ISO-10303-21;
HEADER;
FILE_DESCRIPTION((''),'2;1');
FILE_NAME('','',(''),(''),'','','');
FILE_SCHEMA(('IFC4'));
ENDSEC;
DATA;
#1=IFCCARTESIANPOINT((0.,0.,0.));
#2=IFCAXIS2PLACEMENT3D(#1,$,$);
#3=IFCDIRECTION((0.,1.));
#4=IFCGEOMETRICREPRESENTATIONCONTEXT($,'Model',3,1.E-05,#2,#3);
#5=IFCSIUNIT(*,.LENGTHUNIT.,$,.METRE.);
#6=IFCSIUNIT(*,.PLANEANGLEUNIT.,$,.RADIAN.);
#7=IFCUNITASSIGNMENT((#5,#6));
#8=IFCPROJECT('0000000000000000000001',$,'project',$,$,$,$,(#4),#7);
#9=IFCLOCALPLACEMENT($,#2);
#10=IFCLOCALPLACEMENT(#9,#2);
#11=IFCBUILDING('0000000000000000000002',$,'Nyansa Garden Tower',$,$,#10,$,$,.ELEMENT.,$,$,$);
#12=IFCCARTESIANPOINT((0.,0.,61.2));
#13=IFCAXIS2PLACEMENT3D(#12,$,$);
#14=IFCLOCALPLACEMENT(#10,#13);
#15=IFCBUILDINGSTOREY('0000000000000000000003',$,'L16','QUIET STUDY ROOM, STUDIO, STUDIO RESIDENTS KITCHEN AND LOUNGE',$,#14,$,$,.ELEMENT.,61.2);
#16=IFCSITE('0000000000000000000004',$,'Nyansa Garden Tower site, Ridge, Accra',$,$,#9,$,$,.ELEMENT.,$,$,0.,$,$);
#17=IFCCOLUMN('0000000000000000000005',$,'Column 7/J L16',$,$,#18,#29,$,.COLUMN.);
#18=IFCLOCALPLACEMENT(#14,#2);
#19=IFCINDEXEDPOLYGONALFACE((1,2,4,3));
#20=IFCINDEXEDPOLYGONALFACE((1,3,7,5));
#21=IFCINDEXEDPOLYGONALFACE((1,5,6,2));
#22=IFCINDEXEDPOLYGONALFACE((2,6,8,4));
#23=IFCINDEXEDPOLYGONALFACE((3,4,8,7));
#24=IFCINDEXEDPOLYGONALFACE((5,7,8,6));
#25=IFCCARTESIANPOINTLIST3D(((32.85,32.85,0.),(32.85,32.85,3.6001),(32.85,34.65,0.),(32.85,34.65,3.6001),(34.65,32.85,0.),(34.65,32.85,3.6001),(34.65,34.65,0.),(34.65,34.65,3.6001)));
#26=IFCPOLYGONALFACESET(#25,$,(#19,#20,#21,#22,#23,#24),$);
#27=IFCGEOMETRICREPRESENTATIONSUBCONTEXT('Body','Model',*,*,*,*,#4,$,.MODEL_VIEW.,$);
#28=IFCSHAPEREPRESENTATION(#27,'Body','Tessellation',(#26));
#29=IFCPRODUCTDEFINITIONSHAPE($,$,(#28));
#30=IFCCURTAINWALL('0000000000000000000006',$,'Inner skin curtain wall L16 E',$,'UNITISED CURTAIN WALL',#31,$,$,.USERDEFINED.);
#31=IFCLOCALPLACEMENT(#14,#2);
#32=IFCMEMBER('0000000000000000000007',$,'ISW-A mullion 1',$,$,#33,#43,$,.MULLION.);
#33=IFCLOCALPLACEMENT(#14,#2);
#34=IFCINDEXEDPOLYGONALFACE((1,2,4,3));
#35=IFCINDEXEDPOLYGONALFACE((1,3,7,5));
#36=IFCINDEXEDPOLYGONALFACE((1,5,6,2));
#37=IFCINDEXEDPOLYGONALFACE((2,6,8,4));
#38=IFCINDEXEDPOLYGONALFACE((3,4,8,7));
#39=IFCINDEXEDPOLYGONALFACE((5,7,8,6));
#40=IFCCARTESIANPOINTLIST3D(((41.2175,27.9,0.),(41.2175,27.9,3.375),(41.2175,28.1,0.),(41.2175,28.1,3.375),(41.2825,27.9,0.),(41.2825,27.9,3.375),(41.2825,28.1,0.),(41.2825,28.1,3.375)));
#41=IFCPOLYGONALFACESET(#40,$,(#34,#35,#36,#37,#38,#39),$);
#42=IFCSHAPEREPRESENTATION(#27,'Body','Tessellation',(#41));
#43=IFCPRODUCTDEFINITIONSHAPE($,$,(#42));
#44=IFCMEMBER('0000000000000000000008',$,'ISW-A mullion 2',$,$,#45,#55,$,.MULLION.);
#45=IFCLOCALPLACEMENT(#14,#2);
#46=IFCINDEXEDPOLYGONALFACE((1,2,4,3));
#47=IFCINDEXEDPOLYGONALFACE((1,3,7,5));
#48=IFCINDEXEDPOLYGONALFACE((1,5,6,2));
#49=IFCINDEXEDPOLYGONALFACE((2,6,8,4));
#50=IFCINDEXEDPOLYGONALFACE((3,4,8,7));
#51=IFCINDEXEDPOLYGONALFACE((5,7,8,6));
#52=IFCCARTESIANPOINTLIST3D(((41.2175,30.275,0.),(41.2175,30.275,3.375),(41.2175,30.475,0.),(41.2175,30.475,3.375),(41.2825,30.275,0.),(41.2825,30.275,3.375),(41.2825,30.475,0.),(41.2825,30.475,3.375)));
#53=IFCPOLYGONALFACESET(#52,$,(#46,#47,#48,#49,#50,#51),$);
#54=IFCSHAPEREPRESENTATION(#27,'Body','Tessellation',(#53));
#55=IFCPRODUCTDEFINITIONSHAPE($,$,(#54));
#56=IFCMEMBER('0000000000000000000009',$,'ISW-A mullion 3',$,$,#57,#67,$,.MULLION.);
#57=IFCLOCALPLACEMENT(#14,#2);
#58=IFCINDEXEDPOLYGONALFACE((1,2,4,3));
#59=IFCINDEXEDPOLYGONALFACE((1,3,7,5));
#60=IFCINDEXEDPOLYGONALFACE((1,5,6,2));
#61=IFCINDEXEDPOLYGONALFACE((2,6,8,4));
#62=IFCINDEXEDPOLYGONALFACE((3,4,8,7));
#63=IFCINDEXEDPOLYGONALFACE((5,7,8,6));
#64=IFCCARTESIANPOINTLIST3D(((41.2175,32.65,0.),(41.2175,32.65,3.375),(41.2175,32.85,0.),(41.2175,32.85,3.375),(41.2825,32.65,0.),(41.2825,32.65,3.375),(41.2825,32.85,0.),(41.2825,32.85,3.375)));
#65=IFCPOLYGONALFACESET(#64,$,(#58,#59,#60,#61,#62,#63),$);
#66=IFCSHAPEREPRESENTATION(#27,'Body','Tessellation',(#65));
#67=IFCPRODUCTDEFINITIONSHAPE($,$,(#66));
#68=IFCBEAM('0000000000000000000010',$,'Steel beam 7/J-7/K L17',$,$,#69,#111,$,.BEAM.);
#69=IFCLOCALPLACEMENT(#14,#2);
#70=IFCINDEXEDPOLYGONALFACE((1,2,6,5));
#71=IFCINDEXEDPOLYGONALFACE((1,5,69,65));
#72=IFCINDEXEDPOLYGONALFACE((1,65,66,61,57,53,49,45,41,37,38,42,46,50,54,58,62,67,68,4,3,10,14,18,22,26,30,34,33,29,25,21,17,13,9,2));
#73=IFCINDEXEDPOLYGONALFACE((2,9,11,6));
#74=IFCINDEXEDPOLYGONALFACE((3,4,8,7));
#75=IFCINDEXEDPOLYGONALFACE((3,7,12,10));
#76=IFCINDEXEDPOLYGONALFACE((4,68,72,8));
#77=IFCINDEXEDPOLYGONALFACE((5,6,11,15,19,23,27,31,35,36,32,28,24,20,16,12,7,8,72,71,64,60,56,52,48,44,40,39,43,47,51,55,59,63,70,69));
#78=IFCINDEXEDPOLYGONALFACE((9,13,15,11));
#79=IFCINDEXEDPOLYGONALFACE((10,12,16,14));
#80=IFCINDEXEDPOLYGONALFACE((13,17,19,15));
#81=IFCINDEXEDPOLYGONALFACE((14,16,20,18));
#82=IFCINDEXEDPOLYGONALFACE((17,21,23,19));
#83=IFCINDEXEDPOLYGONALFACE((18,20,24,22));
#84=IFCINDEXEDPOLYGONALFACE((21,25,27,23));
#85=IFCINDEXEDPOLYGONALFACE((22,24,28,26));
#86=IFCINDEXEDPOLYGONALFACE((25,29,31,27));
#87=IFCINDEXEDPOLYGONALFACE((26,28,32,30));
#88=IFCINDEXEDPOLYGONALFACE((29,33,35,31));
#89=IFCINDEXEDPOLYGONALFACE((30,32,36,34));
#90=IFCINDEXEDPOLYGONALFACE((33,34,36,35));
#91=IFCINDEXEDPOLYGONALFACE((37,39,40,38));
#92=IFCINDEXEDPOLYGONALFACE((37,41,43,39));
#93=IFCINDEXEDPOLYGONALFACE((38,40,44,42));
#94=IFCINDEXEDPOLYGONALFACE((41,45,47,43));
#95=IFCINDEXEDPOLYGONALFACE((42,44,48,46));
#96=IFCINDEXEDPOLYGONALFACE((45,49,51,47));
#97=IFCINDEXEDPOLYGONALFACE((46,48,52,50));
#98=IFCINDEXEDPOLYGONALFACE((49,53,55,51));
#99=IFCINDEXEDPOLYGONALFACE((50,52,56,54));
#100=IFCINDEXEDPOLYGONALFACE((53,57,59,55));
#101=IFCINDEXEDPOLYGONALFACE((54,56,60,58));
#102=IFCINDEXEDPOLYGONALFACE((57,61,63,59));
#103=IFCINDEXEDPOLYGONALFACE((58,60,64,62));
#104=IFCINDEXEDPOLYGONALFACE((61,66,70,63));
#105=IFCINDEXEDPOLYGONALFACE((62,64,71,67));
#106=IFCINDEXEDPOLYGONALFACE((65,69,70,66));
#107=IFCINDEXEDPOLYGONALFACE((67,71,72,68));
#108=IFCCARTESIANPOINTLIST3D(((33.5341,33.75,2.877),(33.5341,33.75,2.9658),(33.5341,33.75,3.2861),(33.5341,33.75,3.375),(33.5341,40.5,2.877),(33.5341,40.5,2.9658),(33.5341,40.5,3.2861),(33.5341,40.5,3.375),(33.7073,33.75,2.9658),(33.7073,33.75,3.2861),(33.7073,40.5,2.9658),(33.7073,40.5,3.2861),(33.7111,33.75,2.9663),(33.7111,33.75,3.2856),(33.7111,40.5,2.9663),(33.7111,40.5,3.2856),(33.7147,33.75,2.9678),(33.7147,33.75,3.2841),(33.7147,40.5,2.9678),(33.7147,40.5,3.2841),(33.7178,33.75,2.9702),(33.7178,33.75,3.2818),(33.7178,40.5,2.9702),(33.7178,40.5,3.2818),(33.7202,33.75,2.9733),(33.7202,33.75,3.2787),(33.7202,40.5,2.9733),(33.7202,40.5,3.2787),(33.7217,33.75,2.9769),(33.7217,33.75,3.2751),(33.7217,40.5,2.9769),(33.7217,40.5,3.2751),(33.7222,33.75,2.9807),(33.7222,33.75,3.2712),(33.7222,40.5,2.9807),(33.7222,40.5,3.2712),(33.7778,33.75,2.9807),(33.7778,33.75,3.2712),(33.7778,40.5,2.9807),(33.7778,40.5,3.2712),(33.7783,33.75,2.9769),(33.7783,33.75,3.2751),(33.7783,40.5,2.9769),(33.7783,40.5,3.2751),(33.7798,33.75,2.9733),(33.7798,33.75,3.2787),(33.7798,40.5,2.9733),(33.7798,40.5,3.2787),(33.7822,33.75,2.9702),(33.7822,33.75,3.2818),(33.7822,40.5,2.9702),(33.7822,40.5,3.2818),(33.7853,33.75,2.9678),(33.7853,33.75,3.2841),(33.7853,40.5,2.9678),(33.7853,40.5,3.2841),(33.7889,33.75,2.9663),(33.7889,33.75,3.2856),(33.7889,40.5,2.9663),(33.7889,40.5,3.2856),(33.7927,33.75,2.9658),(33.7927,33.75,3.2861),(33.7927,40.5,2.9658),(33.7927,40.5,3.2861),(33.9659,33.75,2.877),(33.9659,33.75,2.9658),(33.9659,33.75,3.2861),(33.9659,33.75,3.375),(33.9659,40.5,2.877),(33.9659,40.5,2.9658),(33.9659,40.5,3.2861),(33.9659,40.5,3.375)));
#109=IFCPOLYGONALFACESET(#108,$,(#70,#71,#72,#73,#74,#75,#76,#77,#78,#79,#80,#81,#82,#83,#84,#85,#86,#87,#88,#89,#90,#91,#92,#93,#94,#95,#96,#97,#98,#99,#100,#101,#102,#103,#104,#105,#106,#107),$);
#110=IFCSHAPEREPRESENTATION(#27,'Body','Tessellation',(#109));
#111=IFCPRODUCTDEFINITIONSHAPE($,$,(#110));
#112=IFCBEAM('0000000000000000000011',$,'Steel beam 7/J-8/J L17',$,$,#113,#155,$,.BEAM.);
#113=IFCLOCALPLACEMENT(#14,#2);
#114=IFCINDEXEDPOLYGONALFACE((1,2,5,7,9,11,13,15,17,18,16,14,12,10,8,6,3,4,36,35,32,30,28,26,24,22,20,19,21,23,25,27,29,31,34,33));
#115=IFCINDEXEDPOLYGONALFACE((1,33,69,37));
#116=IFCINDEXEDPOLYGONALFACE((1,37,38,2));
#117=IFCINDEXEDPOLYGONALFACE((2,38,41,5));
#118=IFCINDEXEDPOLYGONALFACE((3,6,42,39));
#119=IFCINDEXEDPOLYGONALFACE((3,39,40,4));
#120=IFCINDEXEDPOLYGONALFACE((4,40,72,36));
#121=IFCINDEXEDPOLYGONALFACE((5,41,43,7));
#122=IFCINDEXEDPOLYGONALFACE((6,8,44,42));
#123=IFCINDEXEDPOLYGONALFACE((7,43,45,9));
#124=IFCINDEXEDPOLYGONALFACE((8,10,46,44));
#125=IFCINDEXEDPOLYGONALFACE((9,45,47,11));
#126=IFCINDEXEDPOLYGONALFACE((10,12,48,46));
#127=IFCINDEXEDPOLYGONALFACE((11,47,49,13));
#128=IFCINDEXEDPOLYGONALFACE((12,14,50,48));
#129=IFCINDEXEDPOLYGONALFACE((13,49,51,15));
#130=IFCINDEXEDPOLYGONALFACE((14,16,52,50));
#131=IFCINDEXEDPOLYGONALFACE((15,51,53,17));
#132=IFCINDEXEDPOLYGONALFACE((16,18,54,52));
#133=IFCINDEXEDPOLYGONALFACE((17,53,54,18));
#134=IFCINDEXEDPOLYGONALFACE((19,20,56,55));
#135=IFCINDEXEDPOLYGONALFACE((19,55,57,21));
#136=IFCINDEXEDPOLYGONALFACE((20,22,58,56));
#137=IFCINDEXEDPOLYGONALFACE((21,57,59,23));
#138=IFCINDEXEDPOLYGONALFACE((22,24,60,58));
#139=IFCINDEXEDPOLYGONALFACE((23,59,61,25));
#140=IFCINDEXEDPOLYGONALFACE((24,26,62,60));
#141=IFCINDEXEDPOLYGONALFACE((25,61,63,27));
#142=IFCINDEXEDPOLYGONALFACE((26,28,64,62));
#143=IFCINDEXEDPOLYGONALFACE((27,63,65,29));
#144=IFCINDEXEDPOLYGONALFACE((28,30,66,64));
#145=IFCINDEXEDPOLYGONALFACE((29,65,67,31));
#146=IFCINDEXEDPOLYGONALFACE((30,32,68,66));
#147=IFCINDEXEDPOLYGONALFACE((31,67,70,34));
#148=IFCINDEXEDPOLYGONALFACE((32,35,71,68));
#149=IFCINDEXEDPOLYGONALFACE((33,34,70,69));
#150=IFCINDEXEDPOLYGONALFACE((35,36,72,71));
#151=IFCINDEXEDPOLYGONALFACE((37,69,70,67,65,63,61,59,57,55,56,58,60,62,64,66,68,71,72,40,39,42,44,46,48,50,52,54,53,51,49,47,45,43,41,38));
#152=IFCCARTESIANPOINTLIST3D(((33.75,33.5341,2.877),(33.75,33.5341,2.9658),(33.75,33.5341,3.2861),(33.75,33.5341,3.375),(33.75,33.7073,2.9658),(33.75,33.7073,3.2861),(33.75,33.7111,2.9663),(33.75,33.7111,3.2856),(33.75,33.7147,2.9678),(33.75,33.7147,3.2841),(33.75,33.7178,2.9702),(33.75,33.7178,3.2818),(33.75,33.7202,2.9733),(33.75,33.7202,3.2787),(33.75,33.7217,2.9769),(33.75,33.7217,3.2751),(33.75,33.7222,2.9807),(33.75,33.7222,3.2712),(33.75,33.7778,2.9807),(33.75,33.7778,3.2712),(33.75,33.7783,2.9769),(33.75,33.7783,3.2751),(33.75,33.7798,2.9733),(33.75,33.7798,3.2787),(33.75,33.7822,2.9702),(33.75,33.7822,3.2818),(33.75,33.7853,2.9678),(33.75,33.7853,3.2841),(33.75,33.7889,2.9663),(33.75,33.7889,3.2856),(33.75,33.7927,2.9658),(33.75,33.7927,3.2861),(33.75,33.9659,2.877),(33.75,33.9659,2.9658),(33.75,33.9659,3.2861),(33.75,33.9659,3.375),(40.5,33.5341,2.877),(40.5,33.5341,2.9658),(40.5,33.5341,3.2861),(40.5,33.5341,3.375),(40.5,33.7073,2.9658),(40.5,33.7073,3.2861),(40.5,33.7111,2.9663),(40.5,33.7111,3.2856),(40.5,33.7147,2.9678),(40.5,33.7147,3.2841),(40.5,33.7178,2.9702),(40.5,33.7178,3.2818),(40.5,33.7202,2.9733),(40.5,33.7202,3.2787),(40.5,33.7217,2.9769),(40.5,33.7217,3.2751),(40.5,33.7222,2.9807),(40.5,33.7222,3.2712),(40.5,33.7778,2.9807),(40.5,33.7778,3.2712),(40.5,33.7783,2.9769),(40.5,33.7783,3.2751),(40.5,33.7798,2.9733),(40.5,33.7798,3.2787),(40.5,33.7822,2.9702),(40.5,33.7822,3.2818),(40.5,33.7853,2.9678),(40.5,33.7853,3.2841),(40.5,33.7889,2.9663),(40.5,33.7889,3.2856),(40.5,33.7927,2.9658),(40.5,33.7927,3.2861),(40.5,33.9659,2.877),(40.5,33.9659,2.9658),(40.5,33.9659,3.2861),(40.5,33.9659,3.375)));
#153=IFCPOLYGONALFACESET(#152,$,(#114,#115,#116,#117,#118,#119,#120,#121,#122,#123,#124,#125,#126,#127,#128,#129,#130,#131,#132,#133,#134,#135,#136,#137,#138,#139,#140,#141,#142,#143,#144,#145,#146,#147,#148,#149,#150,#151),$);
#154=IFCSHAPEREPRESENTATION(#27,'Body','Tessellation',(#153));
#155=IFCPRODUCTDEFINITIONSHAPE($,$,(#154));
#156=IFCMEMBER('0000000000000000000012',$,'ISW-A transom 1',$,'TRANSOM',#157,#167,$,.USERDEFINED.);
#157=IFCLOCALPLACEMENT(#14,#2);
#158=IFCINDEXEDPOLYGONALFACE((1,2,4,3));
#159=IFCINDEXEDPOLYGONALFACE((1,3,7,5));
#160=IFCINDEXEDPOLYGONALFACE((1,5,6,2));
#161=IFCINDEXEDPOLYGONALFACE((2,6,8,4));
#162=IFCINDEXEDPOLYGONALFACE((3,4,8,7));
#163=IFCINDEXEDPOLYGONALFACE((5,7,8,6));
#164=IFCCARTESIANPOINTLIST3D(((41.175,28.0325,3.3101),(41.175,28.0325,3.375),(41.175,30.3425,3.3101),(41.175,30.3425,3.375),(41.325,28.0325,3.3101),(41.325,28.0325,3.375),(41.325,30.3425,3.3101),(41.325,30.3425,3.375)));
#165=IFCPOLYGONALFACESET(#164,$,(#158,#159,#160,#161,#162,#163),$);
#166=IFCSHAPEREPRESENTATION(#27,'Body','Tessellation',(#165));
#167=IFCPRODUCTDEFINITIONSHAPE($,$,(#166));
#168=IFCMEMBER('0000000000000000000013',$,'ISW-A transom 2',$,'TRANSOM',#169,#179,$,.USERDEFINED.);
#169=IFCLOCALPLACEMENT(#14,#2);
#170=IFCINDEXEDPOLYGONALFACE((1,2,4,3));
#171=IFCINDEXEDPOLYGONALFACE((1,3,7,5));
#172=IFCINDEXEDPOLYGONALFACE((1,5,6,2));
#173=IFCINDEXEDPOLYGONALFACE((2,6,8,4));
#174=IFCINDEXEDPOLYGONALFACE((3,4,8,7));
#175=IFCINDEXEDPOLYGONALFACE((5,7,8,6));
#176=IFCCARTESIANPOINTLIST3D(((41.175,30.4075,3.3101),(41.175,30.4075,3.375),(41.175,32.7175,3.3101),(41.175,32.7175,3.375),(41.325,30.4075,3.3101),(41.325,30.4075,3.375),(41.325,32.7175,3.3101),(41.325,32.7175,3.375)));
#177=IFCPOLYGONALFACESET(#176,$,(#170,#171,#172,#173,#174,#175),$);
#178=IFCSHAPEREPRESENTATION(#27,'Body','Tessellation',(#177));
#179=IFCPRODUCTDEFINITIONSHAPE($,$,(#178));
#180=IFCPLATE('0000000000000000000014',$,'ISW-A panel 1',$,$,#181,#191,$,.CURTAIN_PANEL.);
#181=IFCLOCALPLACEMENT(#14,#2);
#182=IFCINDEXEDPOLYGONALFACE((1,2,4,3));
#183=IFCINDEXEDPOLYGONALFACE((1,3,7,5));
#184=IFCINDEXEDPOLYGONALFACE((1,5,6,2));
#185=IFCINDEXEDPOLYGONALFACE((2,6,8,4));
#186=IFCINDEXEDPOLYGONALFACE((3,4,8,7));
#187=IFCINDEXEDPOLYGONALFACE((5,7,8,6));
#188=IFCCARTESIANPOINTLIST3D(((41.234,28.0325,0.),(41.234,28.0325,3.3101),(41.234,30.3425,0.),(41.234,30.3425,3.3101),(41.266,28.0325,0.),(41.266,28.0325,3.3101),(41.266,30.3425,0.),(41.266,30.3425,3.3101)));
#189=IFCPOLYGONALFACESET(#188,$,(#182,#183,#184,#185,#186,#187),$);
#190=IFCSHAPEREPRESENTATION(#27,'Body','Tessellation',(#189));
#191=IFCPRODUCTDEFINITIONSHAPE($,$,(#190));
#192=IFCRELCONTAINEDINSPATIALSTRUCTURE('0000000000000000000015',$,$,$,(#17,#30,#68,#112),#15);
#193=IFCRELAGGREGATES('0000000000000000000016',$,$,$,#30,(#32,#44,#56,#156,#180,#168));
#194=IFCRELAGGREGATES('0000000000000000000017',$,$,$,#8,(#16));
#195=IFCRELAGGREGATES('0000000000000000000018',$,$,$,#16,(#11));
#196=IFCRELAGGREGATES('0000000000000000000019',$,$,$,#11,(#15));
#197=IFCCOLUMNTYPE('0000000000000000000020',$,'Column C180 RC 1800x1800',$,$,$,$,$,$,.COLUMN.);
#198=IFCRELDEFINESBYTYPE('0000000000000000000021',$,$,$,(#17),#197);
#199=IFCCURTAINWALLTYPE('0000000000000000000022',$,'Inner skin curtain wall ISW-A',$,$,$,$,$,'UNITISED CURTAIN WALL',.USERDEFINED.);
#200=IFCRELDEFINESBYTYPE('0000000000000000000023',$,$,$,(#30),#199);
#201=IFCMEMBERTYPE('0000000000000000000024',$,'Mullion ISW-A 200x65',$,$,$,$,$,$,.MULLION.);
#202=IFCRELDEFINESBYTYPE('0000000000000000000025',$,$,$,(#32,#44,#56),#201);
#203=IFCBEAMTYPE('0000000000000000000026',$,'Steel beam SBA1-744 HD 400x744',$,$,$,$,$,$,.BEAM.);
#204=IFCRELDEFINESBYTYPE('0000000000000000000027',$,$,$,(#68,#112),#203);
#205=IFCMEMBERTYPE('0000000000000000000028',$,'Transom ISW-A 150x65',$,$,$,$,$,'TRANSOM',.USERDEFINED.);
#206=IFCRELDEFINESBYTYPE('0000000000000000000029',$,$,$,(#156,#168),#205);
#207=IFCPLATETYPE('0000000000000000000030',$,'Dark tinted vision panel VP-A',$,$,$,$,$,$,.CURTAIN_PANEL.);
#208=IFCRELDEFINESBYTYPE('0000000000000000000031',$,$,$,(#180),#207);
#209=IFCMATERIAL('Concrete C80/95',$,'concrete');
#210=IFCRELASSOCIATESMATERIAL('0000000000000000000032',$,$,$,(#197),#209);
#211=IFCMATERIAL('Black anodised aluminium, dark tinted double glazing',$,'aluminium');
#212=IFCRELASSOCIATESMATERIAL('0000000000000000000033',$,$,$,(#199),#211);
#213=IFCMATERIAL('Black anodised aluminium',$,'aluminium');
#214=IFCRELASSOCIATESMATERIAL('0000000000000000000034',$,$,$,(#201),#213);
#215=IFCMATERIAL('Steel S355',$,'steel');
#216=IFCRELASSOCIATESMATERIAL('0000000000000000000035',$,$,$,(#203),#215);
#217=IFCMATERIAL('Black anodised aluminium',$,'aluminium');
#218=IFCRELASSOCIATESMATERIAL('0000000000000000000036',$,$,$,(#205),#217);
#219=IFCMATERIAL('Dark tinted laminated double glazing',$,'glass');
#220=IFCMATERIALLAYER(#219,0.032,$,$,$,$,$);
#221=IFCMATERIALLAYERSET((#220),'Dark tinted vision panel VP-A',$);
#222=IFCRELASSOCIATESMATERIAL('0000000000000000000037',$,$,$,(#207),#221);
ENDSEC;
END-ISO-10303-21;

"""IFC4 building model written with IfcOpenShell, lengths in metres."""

from ifc_helpers import new_model, si_unit, direction, frame, origin, origin_2d, place, context, subcontext, project, spatial, rectangle, i_section, extrude, material, layer, layer_set, material_profile, profile_set, type_object, element, aggregate, save


model = new_model("IFC4")

# Units and contexts
model_context = context("Model", 3, precision=1e-05, world=origin(), true_north=direction((0.0, 1.0)))
body_context = subcontext(model_context, "Body", "Model", "MODEL_VIEW")
ifc_project = project(units=[si_unit("LENGTHUNIT", "METRE"), si_unit("PLANEANGLEUNIT", "RADIAN")], contexts=[model_context])

# Site, building, storey
site_placement = place(None, origin())
site = spatial("IfcSite", under=ifc_project, at=site_placement, Name="Nyansa Garden Tower site, Ridge, Accra", CompositionType="ELEMENT", RefElevation=0.0)
building_placement = place(site_placement, origin())
building = spatial("IfcBuilding", under=site, at=building_placement, Name="Nyansa Garden Tower", CompositionType="ELEMENT")
storey_placement = place(building_placement, frame((0.0, 0.0, 61.2)))
storey = spatial("IfcBuildingStorey", under=building, at=storey_placement, Name="L16", Description="QUIET STUDY ROOM, STUDIO, STUDIO RESIDENTS KITCHEN AND LOUNGE", CompositionType="ELEMENT", Elevation=61.2)

# Column
ifc_material_1 = material(Name="Concrete C80/95", Category="concrete")
ifc_material_profile_1 = material_profile(ifc_material_1, rectangle(XDim=1.8, YDim=1.8, at=origin_2d()), Name="RC 1800x1800")
ifc_profile_set_1 = profile_set([ifc_material_profile_1], Name="Concrete C80/95")
column_type = type_object("IfcColumnType", Name="Column C180 RC 1800x1800", PredefinedType="COLUMN", material=ifc_profile_set_1)
column_placement = place(storey_placement, frame((33.75, 33.75, 0.0), z_axis=(0.0, 0.0, 1.0), x_axis=(1.0, 0.0, 0.0)))
element("IfcColumn", 1, at=column_placement, inside=storey, type_object=column_type, Name="Column 7/J L16", PredefinedType="COLUMN", context=body_context, shape_type="SweptSolid", body=[
    extrude(rectangle(XDim=1.8, YDim=1.8, at=origin_2d()), origin(), (0.0, 0.0, 1.0), 3.6001),
])

# Curtain wall, members
ifc_material_2 = material(Name="Black anodised aluminium, dark tinted double glazing", Category="aluminium")
curtain_wall_type = type_object("IfcCurtainWallType", Name="Inner skin curtain wall ISW-A", ElementType="UNITISED CURTAIN WALL", PredefinedType="USERDEFINED", material=ifc_material_2)
curtain_wall_placement = place(storey_placement, origin())
curtain_wall = element("IfcCurtainWall", 2, at=curtain_wall_placement, inside=storey, type_object=curtain_wall_type, Name="Inner skin curtain wall L16 E", ObjectType="UNITISED CURTAIN WALL", PredefinedType="USERDEFINED")
ifc_material_3 = material(Name="Black anodised aluminium", Category="aluminium")
ifc_material_profile_2 = material_profile(ifc_material_3, rectangle(XDim=0.0649, YDim=0.2, at=origin_2d()), Name="Mullion 200x65")
ifc_profile_set_2 = profile_set([ifc_material_profile_2], Name="Black anodised aluminium")
member_type_1 = type_object("IfcMemberType", Name="Mullion ISW-A 200x65", PredefinedType="MULLION", material=ifc_profile_set_2)
member_1_placement = place(storey_placement, frame((41.25, 28.0, 0.0), z_axis=(0.0, 0.0, 1.0), x_axis=(-1.0, 0.0, 0.0)))
member_1 = element("IfcMember", 3, at=member_1_placement, type_object=member_type_1, Name="ISW-A mullion 1", PredefinedType="MULLION", context=body_context, shape_type="SweptSolid", body=[
    extrude(rectangle(XDim=0.0649, YDim=0.2, at=origin_2d()), origin(), (0.0, 0.0, 1.0), 3.375),
])
member_2_placement = place(storey_placement, frame((41.25, 30.375, 0.0), z_axis=(0.0, 0.0, 1.0), x_axis=(-1.0, 0.0, 0.0)))
member_2 = element("IfcMember", 4, at=member_2_placement, type_object=member_type_1, Name="ISW-A mullion 2", PredefinedType="MULLION", context=body_context, shape_type="SweptSolid", body=[
    extrude(rectangle(XDim=0.0649, YDim=0.2, at=origin_2d()), origin(), (0.0, 0.0, 1.0), 3.375),
])
member_3_placement = place(storey_placement, frame((41.25, 32.75, 0.0), z_axis=(0.0, 0.0, 1.0), x_axis=(-1.0, 0.0, 0.0)))
member_3 = element("IfcMember", 5, at=member_3_placement, type_object=member_type_1, Name="ISW-A mullion 3", PredefinedType="MULLION", context=body_context, shape_type="SweptSolid", body=[
    extrude(rectangle(XDim=0.0649, YDim=0.2, at=origin_2d()), origin(), (0.0, 0.0, 1.0), 3.375),
])

# Beams
ifc_material_4 = material(Name="Steel S355", Category="steel")
ifc_material_profile_3 = material_profile(ifc_material_4, i_section(OverallWidth=0.4319, OverallDepth=0.498, WebThickness=0.0557, FlangeThickness=0.0889, FilletRadius=0.0149, at=origin_2d()), Name="HD 400x744")
ifc_profile_set_3 = profile_set([ifc_material_profile_3], Name="Steel S355")
beam_type = type_object("IfcBeamType", Name="Steel beam SBA1-744 HD 400x744", PredefinedType="BEAM", material=ifc_profile_set_3)
for number, where, z_axis, x_axis, name in (
    (6, (33.75, 33.75, 3.126), (0.0, 1.0, 0.0), (-1.0, 0.0, 0.0), "Steel beam 7/J-7/K L17"),
    (7, (33.75, 33.75, 3.126), (1.0, 0.0, 0.0), (0.0, 1.0, 0.0), "Steel beam 7/J-8/J L17"),
):
    element("IfcBeam", number, at=place(storey_placement, frame(where, z_axis=z_axis, x_axis=x_axis)), inside=storey, type_object=beam_type, Name=name, PredefinedType="BEAM", context=body_context, shape_type="SweptSolid", body=[
        extrude(i_section(OverallWidth=0.4319, OverallDepth=0.498, WebThickness=0.0557, FlangeThickness=0.0889, FilletRadius=0.0149, at=origin_2d()), origin(), (0.0, 0.0, 1.0), 6.75),
    ])

# Members
ifc_material_5 = material(Name="Black anodised aluminium", Category="aluminium")
ifc_material_profile_4 = material_profile(ifc_material_5, rectangle(XDim=0.1499, YDim=0.0649, at=origin_2d()), Name="Transom 150x65")
ifc_profile_set_4 = profile_set([ifc_material_profile_4], Name="Black anodised aluminium")
member_type_2 = type_object("IfcMemberType", Name="Transom ISW-A 150x65", ElementType="TRANSOM", PredefinedType="USERDEFINED", material=ifc_profile_set_4)
member_4_placement = place(storey_placement, frame((41.25, 28.0325, 3.3425), z_axis=(0.0, 1.0, 0.0), x_axis=(-1.0, 0.0, 0.0)))
member_4 = element("IfcMember", 8, at=member_4_placement, type_object=member_type_2, Name="ISW-A transom 1", ObjectType="TRANSOM", PredefinedType="USERDEFINED", context=body_context, shape_type="SweptSolid", body=[
    extrude(rectangle(XDim=0.1499, YDim=0.0649, at=origin_2d()), origin(), (0.0, 0.0, 1.0), 2.3101),
])
member_5_placement = place(storey_placement, frame((41.25, 30.4075, 3.3425), z_axis=(0.0, 1.0, 0.0), x_axis=(-1.0, 0.0, 0.0)))
member_5 = element("IfcMember", 9, at=member_5_placement, type_object=member_type_2, Name="ISW-A transom 2", ObjectType="TRANSOM", PredefinedType="USERDEFINED", context=body_context, shape_type="SweptSolid", body=[
    extrude(rectangle(XDim=0.1499, YDim=0.0649, at=origin_2d()), origin(), (0.0, 0.0, 1.0), 2.3101),
])

# Plate
ifc_material_6 = material(Name="Dark tinted laminated double glazing", Category="glass")
ifc_layer_1 = layer(ifc_material_6, 0.032)
ifc_layer_set_1 = layer_set([ifc_layer_1], Name="Dark tinted vision panel VP-A")
plate_type = type_object("IfcPlateType", Name="Dark tinted vision panel VP-A", PredefinedType="CURTAIN_PANEL", material=ifc_layer_set_1)
plate_1_placement = place(storey_placement, frame((41.25, 29.1875, 0.0), z_axis=(0.0, 0.0, 1.0), x_axis=(0.0, 1.0, 0.0)))
plate_1 = element("IfcPlate", 10, at=plate_1_placement, type_object=plate_type, Name="ISW-A panel 1", PredefinedType="CURTAIN_PANEL", context=body_context, shape_type="SweptSolid", body=[
    extrude(rectangle(XDim=2.3101, YDim=0.032, at=origin_2d()), origin(), (0.0, 0.0, 1.0), 3.3101),
])
aggregate(curtain_wall, [member_1, member_2, member_3, member_4, plate_1, member_5])

save(model, "model.ifc")
